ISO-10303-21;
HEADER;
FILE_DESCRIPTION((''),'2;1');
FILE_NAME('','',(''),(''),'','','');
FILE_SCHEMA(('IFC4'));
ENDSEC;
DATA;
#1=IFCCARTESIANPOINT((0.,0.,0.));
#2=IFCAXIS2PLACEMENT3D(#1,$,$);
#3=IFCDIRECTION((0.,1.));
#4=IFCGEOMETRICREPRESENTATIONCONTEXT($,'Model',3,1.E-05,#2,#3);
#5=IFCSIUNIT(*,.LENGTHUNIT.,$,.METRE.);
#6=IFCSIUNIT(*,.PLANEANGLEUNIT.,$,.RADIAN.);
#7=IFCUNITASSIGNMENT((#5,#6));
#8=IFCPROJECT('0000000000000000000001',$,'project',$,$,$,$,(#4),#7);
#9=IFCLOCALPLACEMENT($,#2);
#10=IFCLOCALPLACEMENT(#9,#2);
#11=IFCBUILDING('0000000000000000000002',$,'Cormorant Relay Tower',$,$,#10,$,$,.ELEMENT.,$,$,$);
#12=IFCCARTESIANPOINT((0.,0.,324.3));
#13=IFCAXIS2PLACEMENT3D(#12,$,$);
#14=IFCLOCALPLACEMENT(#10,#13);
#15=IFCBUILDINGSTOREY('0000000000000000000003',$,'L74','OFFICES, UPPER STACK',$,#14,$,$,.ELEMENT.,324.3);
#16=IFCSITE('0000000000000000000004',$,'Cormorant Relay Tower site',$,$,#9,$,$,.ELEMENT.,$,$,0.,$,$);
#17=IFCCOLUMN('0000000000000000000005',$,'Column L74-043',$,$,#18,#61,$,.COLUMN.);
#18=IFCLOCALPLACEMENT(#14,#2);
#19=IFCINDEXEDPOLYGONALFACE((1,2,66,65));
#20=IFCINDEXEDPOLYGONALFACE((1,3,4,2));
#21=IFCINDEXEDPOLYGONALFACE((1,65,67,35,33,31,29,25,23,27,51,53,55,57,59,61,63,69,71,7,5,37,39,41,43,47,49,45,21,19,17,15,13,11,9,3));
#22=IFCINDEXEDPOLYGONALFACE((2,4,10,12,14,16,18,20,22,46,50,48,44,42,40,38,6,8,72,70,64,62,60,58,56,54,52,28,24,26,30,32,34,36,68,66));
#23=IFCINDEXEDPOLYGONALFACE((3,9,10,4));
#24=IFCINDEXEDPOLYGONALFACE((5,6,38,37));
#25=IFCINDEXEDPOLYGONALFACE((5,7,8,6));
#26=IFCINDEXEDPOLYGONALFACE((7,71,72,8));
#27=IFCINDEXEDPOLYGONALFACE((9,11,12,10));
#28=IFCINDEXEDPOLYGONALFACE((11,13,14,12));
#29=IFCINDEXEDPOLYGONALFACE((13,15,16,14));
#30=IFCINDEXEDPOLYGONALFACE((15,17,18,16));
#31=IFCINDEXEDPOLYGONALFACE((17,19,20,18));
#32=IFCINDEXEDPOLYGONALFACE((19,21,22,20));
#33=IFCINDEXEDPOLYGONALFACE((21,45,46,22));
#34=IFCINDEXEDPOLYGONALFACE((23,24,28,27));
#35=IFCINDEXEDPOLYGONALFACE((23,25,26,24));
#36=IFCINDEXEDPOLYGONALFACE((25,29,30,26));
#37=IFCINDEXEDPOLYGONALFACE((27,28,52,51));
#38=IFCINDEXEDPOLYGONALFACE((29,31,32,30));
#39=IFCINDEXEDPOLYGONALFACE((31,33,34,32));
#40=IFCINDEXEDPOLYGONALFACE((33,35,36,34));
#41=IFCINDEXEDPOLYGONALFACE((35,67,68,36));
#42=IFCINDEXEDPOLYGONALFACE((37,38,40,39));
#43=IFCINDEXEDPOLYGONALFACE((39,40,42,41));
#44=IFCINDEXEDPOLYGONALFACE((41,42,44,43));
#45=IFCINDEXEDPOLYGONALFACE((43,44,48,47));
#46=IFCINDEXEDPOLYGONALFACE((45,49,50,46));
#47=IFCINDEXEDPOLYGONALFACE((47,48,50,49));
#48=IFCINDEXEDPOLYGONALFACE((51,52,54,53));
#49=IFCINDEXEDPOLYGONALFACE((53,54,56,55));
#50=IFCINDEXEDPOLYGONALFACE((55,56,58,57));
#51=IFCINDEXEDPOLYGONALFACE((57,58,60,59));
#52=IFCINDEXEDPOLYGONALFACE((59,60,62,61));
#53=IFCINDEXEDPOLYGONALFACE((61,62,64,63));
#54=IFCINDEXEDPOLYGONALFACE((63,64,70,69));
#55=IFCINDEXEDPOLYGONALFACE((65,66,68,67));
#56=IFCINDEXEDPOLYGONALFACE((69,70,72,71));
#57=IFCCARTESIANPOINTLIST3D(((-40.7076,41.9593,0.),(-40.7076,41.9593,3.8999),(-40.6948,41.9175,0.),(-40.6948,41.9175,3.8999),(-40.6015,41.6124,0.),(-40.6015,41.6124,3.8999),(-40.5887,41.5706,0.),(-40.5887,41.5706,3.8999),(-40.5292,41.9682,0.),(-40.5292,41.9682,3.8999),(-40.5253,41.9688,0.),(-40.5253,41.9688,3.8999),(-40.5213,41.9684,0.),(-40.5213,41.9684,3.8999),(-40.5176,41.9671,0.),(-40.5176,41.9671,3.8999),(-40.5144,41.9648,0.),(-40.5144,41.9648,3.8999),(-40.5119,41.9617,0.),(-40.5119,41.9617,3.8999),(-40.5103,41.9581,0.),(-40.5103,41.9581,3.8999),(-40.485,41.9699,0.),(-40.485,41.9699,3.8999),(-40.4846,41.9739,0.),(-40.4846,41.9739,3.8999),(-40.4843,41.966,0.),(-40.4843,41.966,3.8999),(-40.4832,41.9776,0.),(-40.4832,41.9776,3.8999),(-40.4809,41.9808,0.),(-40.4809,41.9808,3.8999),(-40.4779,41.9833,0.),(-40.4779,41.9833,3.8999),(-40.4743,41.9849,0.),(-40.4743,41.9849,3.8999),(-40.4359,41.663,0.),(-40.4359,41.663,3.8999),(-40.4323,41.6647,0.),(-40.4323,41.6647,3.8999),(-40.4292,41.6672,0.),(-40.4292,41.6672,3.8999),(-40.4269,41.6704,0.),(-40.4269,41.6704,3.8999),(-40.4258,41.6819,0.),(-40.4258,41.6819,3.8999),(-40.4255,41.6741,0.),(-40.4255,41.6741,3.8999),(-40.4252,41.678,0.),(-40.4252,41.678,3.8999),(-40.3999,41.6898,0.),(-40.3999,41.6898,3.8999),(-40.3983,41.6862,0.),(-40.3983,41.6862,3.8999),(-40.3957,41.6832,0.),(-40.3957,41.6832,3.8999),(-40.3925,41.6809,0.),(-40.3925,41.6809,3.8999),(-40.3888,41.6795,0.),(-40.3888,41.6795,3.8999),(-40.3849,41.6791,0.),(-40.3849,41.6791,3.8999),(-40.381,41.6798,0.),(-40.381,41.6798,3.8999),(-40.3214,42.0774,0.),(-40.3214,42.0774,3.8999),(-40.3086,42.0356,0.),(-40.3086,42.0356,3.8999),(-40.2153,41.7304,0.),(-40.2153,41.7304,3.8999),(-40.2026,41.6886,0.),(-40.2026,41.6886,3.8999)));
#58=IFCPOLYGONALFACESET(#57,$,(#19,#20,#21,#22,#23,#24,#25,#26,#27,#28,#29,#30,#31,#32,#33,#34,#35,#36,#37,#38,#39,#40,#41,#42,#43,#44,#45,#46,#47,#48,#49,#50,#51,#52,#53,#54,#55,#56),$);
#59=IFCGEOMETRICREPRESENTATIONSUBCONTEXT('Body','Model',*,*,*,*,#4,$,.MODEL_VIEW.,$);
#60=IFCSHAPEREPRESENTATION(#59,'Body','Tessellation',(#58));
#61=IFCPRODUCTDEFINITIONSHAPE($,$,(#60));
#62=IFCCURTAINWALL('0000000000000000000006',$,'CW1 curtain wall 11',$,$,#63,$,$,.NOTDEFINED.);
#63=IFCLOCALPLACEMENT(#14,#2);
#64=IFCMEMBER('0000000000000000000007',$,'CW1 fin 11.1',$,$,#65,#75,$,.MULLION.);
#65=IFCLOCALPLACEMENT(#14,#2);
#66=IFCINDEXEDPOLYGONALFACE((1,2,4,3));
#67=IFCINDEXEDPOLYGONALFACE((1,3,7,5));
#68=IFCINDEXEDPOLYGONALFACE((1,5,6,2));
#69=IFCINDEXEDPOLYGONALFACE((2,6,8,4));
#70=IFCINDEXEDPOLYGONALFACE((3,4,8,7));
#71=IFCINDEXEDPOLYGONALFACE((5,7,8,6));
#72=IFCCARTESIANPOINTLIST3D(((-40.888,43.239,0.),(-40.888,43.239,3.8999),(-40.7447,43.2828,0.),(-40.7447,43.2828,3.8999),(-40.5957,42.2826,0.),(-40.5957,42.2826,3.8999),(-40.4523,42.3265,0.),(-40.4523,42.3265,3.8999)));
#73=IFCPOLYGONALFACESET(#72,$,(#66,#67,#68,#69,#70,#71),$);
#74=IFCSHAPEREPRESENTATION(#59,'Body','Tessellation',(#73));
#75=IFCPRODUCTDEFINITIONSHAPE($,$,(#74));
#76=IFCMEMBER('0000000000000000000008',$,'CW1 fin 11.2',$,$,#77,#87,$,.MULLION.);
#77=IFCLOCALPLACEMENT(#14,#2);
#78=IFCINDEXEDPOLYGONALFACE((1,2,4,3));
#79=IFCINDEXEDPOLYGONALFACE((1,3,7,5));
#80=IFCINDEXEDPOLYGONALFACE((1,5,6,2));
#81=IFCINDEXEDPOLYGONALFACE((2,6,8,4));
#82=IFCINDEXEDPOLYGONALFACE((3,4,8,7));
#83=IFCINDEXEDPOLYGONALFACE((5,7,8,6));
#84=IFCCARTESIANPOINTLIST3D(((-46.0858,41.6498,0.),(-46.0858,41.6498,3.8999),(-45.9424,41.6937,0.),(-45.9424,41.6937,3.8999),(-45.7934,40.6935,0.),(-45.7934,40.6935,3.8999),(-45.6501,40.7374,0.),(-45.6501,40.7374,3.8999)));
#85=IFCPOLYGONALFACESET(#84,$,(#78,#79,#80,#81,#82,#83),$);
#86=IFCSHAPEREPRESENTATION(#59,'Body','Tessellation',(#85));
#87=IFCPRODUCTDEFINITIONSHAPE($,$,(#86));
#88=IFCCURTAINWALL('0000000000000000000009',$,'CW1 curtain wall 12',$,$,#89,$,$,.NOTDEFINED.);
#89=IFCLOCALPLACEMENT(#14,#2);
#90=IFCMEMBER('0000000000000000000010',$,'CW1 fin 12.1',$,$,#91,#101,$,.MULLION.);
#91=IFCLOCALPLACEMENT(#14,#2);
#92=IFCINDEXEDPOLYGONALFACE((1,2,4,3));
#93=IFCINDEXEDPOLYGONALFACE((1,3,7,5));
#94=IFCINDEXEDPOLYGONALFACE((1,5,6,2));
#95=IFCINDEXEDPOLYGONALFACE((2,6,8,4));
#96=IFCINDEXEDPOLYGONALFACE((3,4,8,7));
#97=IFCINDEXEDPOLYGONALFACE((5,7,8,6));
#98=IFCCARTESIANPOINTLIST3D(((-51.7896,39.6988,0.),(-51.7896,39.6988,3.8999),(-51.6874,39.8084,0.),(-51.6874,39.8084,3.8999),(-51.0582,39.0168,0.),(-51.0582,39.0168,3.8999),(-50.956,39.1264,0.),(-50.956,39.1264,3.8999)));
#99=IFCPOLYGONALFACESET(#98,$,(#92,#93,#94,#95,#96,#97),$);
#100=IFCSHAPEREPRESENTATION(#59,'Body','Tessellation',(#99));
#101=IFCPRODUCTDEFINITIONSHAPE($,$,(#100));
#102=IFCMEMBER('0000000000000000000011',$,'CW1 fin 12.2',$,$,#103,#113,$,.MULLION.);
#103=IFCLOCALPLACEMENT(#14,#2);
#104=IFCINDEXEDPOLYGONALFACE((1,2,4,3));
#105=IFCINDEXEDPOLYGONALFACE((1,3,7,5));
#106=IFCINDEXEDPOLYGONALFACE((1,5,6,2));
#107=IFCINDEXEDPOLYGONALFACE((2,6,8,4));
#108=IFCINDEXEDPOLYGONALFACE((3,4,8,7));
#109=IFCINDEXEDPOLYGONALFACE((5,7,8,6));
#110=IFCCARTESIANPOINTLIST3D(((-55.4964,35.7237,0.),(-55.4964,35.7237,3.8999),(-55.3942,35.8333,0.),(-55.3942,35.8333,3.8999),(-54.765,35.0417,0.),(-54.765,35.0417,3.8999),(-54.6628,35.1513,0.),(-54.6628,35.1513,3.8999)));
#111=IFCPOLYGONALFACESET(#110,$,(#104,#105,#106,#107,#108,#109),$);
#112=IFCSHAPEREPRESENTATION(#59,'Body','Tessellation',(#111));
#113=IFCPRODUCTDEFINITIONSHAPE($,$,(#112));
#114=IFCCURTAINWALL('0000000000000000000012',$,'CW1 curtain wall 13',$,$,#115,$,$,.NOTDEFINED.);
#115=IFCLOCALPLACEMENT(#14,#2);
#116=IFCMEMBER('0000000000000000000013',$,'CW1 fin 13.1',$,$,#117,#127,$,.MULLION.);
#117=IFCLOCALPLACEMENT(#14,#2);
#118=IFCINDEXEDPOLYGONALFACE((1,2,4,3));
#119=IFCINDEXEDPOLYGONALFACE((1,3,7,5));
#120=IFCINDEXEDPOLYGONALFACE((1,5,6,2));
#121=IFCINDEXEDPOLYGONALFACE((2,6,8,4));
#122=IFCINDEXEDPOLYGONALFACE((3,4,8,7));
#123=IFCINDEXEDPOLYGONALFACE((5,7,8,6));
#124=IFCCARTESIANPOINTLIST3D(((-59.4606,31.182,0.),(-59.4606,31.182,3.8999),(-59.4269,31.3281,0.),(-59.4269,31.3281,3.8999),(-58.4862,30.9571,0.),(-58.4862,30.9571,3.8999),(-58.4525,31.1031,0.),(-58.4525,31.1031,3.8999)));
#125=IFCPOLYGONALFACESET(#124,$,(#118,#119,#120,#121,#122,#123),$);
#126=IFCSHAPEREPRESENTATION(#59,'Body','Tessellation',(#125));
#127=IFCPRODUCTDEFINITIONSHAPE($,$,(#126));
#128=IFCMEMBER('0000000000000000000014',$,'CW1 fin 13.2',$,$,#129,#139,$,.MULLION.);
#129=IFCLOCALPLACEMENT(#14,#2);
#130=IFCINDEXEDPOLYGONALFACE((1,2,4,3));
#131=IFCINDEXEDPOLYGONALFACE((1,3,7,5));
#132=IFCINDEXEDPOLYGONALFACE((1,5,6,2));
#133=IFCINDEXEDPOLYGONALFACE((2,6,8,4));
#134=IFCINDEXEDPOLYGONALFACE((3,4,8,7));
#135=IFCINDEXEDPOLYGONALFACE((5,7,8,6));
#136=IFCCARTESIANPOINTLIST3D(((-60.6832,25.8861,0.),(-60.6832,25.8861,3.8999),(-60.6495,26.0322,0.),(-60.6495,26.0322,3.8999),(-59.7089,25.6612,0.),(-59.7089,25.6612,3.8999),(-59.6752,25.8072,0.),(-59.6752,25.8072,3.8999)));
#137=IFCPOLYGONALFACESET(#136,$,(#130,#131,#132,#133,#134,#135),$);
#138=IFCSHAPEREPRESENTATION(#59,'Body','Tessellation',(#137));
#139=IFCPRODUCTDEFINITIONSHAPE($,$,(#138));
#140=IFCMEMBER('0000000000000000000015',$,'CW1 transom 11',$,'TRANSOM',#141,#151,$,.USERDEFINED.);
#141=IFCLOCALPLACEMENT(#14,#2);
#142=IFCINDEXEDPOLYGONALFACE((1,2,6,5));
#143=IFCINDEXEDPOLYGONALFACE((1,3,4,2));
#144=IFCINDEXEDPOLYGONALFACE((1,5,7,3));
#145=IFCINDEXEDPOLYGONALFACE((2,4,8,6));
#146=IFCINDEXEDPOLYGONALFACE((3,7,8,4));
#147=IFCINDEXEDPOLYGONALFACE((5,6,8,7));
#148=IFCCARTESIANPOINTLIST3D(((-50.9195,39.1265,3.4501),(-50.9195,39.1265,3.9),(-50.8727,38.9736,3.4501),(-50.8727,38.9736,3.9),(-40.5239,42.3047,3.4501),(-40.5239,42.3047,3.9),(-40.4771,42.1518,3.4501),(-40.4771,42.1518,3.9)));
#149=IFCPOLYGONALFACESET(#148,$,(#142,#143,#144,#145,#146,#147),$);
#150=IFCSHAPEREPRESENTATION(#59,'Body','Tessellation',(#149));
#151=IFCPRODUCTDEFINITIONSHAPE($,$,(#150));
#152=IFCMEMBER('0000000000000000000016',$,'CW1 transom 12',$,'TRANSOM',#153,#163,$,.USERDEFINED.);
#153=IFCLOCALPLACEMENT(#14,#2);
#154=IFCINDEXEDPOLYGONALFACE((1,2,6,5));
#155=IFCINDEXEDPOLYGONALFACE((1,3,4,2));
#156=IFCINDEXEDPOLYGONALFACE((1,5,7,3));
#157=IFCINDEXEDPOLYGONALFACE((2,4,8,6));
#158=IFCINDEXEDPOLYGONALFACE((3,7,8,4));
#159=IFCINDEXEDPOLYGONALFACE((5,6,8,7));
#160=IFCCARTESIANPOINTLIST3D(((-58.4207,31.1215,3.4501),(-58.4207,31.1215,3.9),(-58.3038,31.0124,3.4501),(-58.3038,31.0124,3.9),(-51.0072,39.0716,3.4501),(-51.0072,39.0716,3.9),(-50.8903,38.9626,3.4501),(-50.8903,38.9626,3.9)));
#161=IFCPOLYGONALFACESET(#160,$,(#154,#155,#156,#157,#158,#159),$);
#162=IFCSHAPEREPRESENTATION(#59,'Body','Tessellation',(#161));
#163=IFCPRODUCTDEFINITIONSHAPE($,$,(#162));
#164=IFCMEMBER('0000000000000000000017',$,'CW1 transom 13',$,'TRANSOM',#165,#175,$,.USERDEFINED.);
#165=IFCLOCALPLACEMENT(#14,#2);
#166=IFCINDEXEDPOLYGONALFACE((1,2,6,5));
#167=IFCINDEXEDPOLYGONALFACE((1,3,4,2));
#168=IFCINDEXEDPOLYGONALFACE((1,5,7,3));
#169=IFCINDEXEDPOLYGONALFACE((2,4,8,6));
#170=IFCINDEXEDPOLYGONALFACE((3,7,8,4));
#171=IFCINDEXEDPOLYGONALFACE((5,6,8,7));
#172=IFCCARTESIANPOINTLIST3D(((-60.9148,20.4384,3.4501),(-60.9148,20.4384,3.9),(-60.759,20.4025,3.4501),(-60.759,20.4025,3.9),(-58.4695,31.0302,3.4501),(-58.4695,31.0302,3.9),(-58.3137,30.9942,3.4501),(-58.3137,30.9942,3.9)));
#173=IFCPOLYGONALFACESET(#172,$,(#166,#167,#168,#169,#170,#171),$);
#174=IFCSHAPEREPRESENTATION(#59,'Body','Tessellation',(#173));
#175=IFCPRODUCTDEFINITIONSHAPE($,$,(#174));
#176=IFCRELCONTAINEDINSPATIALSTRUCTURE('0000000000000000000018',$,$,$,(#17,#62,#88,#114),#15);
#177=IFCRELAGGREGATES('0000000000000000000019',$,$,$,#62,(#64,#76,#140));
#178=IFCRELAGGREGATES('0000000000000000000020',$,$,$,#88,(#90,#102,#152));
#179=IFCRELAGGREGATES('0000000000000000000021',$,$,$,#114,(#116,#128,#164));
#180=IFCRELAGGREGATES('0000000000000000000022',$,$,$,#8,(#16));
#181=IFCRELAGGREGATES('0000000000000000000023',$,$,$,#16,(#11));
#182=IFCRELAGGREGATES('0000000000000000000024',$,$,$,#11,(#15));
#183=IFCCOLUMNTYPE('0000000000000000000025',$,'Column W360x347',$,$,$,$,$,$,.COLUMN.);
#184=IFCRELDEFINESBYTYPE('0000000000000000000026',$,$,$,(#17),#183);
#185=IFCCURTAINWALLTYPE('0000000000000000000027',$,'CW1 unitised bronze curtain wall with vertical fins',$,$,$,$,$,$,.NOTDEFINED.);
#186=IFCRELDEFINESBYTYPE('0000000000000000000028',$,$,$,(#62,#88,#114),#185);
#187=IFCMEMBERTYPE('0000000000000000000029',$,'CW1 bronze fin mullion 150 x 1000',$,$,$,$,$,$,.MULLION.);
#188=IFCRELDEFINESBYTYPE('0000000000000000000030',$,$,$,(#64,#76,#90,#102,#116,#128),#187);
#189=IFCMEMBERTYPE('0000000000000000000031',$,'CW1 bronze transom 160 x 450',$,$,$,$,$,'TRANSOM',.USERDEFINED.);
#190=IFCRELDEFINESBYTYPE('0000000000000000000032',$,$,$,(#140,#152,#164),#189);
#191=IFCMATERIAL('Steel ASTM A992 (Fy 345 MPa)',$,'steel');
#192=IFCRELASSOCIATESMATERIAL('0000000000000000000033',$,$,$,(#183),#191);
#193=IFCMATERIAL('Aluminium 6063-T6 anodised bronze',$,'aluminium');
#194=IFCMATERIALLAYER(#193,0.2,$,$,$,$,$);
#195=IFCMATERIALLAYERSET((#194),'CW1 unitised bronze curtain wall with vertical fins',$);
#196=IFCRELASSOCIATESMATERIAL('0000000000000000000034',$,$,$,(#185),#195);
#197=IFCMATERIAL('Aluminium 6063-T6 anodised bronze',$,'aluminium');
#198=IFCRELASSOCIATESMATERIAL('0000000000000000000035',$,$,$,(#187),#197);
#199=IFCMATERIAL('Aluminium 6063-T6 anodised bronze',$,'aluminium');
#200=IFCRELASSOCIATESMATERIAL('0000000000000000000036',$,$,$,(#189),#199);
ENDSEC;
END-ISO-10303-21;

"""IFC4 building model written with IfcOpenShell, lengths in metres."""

from ifc_helpers import new_model, si_unit, direction, frame, origin, origin_2d, place, context, subcontext, project, spatial, rectangle, i_section, extrude, material, layer, layer_set, material_profile, profile_set, type_object, element, aggregate, save


model = new_model("IFC4")

# Units and contexts
model_context = context("Model", 3, precision=1e-05, world=origin(), true_north=direction((0.0, 1.0)))
body_context = subcontext(model_context, "Body", "Model", "MODEL_VIEW")
ifc_project = project(units=[si_unit("LENGTHUNIT", "METRE"), si_unit("PLANEANGLEUNIT", "RADIAN")], contexts=[model_context])

# Site, building, storey
site_placement = place(None, origin())
site = spatial("IfcSite", under=ifc_project, at=site_placement, Name="Cormorant Relay Tower site", CompositionType="ELEMENT", RefElevation=0.0)
building_placement = place(site_placement, origin())
building = spatial("IfcBuilding", under=site, at=building_placement, Name="Cormorant Relay Tower", CompositionType="ELEMENT")
storey_placement = place(building_placement, frame((0.0, 0.0, 324.3)))
storey = spatial("IfcBuildingStorey", under=building, at=storey_placement, Name="L74", Description="OFFICES, UPPER STACK", CompositionType="ELEMENT", Elevation=324.3)

# Column
ifc_material_1 = material(Name="Steel ASTM A992 (Fy 345 MPa)", Category="steel")
ifc_material_profile_1 = material_profile(ifc_material_1, i_section(OverallWidth=0.4038, OverallDepth=0.4065, WebThickness=0.0271, FlangeThickness=0.0437, FilletRadius=0.0151, at=origin_2d()), Name="W360x347")
ifc_profile_set_1 = profile_set([ifc_material_profile_1], Name="Steel ASTM A992 (Fy 345 MPa)")
column_type = type_object("IfcColumnType", Name="Column W360x347", PredefinedType="COLUMN", material=ifc_profile_set_1)
for number, where, z_axis, x_axis, name in (
    (1, (-40.4551, 41.824, 0.0), (0.0, 0.0, 1.0), (-0.956305, -0.292372, 0.0), "Column L74-043"),
):
    element("IfcColumn", number, at=place(storey_placement, frame(where, z_axis=z_axis, x_axis=x_axis)), inside=storey, type_object=column_type, Name=name, PredefinedType="COLUMN", context=body_context, shape_type="SweptSolid", body=[
        extrude(i_section(OverallWidth=0.4038, OverallDepth=0.4065, WebThickness=0.0271, FlangeThickness=0.0437, FilletRadius=0.0151, at=origin_2d()), origin(), (0.0, 0.0, 1.0), 3.8999),
    ])

# Curtain walls, members
ifc_material_2 = material(Name="Aluminium 6063-T6 anodised bronze", Category="aluminium")
ifc_layer_1 = layer(ifc_material_2, 0.2)
ifc_layer_set_1 = layer_set([ifc_layer_1], Name="CW1 unitised bronze curtain wall with vertical fins")
curtain_wall_type = type_object("IfcCurtainWallType", Name="CW1 unitised bronze curtain wall with vertical fins", PredefinedType="NOTDEFINED", material=ifc_layer_set_1)
curtain_wall_1_placement = place(storey_placement, origin())
curtain_wall_1 = element("IfcCurtainWall", 2, at=curtain_wall_1_placement, inside=storey, type_object=curtain_wall_type, Name="CW1 curtain wall 11", PredefinedType="NOTDEFINED")
ifc_material_3 = material(Name="Aluminium 6063-T6 anodised bronze", Category="aluminium")
ifc_material_profile_2 = material_profile(ifc_material_3, rectangle(XDim=0.1499, YDim=1.0, at=origin_2d()), Name="AL 150x1000")
ifc_profile_set_2 = profile_set([ifc_material_profile_2], Name="Aluminium 6063-T6 anodised bronze")
member_type_1 = type_object("IfcMemberType", Name="CW1 bronze fin mullion 150 x 1000", PredefinedType="MULLION", material=ifc_profile_set_2)
member_1_placement = place(storey_placement, frame((-40.6702, 42.7827, 0.0), z_axis=(0.0, 0.0, 1.0), x_axis=(-0.956305, -0.292372, 0.0)))
member_1 = element("IfcMember", 3, at=member_1_placement, type_object=member_type_1, Name="CW1 fin 11.1", PredefinedType="MULLION", context=body_context, shape_type="SweptSolid", body=[
    extrude(rectangle(XDim=0.1499, YDim=1.0, at=origin_2d()), origin(), (0.0, 0.0, 1.0), 3.8999),
])
member_2_placement = place(storey_placement, frame((-45.8679, 41.1936, 0.0), z_axis=(0.0, 0.0, 1.0), x_axis=(-0.956305, -0.292372, 0.0)))
member_2 = element("IfcMember", 4, at=member_2_placement, type_object=member_type_1, Name="CW1 fin 11.2", PredefinedType="MULLION", context=body_context, shape_type="SweptSolid", body=[
    extrude(rectangle(XDim=0.1499, YDim=1.0, at=origin_2d()), origin(), (0.0, 0.0, 1.0), 3.8999),
])
curtain_wall_2_placement = place(storey_placement, origin())
curtain_wall_2 = element("IfcCurtainWall", 5, at=curtain_wall_2_placement, inside=storey, type_object=curtain_wall_type, Name="CW1 curtain wall 12", PredefinedType="NOTDEFINED")
member_3_placement = place(storey_placement, frame((-51.3728, 39.4126, 0.0), z_axis=(0.0, 0.0, 1.0), x_axis=(-0.681998, -0.731354, 0.0)))
member_3 = element("IfcMember", 6, at=member_3_placement, type_object=member_type_1, Name="CW1 fin 12.1", PredefinedType="MULLION", context=body_context, shape_type="SweptSolid", body=[
    extrude(rectangle(XDim=0.1499, YDim=1.0, at=origin_2d()), origin(), (0.0, 0.0, 1.0), 3.8999),
])
member_4_placement = place(storey_placement, frame((-55.0796, 35.4375, 0.0), z_axis=(0.0, 0.0, 1.0), x_axis=(-0.681998, -0.731354, 0.0)))
member_4 = element("IfcMember", 7, at=member_4_placement, type_object=member_type_1, Name="CW1 fin 12.2", PredefinedType="MULLION", context=body_context, shape_type="SweptSolid", body=[
    extrude(rectangle(XDim=0.1499, YDim=1.0, at=origin_2d()), origin(), (0.0, 0.0, 1.0), 3.8999),
])
curtain_wall_3_placement = place(storey_placement, origin())
curtain_wall_3 = element("IfcCurtainWall", 8, at=curtain_wall_3_placement, inside=storey, type_object=curtain_wall_type, Name="CW1 curtain wall 13", PredefinedType="NOTDEFINED")
member_5_placement = place(storey_placement, frame((-58.9565, 31.1426, 0.0), z_axis=(0.0, 0.0, 1.0), x_axis=(-0.224951, -0.97437, 0.0)))
member_5 = element("IfcMember", 9, at=member_5_placement, type_object=member_type_1, Name="CW1 fin 13.1", PredefinedType="MULLION", context=body_context, shape_type="SweptSolid", body=[
    extrude(rectangle(XDim=0.1499, YDim=1.0, at=origin_2d()), origin(), (0.0, 0.0, 1.0), 3.8999),
])
member_6_placement = place(storey_placement, frame((-60.1792, 25.8467, 0.0), z_axis=(0.0, 0.0, 1.0), x_axis=(-0.224951, -0.97437, 0.0)))
member_6 = element("IfcMember", 10, at=member_6_placement, type_object=member_type_1, Name="CW1 fin 13.2", PredefinedType="MULLION", context=body_context, shape_type="SweptSolid", body=[
    extrude(rectangle(XDim=0.1499, YDim=1.0, at=origin_2d()), origin(), (0.0, 0.0, 1.0), 3.8999),
])

# Members
ifc_material_4 = material(Name="Aluminium 6063-T6 anodised bronze", Category="aluminium")
ifc_material_profile_3 = material_profile(ifc_material_4, rectangle(XDim=0.1599, YDim=0.45, at=origin_2d()), Name="AL 160x450")
ifc_profile_set_3 = profile_set([ifc_material_profile_3], Name="Aluminium 6063-T6 anodised bronze")
member_type_2 = type_object("IfcMemberType", Name="CW1 bronze transom 160 x 450", ElementType="TRANSOM", PredefinedType="USERDEFINED", material=ifc_profile_set_3)
member_7_placement = place(storey_placement, frame((-40.5005, 42.2283, 3.675), z_axis=(-0.956305, -0.292371, 0.0), x_axis=(0.292371, -0.956305, 0.0)))
member_7 = element("IfcMember", 11, at=member_7_placement, type_object=member_type_2, Name="CW1 transom 11", ObjectType="TRANSOM", PredefinedType="USERDEFINED", context=body_context, shape_type="SweptSolid", body=[
    extrude(rectangle(XDim=0.1599, YDim=0.45, at=origin_2d()), origin(), (0.0, 0.0, 1.0), 10.8706),
])
member_8_placement = place(storey_placement, frame((-50.9487, 39.0171, 3.675), z_axis=(-0.681993, -0.731358, 0.0), x_axis=(0.731358, -0.681993, 0.0)))
member_8 = element("IfcMember", 12, at=member_8_placement, type_object=member_type_2, Name="CW1 transom 12", ObjectType="TRANSOM", PredefinedType="USERDEFINED", context=body_context, shape_type="SweptSolid", body=[
    extrude(rectangle(XDim=0.1599, YDim=0.45, at=origin_2d()), origin(), (0.0, 0.0, 1.0), 10.8704),
])
member_9_placement = place(storey_placement, frame((-58.3916, 31.0122, 3.675), z_axis=(-0.224951, -0.97437, 0.0), x_axis=(0.97437, -0.224951, 0.0)))
member_9 = element("IfcMember", 13, at=member_9_placement, type_object=member_type_2, Name="CW1 transom 13", ObjectType="TRANSOM", PredefinedType="USERDEFINED", context=body_context, shape_type="SweptSolid", body=[
    extrude(rectangle(XDim=0.1599, YDim=0.45, at=origin_2d()), origin(), (0.0, 0.0, 1.0), 10.8704),
])

aggregate(curtain_wall_1, [member_1, member_2, member_7])
aggregate(curtain_wall_2, [member_3, member_4, member_8])
aggregate(curtain_wall_3, [member_5, member_6, member_9])

save(model, "model.ifc")
